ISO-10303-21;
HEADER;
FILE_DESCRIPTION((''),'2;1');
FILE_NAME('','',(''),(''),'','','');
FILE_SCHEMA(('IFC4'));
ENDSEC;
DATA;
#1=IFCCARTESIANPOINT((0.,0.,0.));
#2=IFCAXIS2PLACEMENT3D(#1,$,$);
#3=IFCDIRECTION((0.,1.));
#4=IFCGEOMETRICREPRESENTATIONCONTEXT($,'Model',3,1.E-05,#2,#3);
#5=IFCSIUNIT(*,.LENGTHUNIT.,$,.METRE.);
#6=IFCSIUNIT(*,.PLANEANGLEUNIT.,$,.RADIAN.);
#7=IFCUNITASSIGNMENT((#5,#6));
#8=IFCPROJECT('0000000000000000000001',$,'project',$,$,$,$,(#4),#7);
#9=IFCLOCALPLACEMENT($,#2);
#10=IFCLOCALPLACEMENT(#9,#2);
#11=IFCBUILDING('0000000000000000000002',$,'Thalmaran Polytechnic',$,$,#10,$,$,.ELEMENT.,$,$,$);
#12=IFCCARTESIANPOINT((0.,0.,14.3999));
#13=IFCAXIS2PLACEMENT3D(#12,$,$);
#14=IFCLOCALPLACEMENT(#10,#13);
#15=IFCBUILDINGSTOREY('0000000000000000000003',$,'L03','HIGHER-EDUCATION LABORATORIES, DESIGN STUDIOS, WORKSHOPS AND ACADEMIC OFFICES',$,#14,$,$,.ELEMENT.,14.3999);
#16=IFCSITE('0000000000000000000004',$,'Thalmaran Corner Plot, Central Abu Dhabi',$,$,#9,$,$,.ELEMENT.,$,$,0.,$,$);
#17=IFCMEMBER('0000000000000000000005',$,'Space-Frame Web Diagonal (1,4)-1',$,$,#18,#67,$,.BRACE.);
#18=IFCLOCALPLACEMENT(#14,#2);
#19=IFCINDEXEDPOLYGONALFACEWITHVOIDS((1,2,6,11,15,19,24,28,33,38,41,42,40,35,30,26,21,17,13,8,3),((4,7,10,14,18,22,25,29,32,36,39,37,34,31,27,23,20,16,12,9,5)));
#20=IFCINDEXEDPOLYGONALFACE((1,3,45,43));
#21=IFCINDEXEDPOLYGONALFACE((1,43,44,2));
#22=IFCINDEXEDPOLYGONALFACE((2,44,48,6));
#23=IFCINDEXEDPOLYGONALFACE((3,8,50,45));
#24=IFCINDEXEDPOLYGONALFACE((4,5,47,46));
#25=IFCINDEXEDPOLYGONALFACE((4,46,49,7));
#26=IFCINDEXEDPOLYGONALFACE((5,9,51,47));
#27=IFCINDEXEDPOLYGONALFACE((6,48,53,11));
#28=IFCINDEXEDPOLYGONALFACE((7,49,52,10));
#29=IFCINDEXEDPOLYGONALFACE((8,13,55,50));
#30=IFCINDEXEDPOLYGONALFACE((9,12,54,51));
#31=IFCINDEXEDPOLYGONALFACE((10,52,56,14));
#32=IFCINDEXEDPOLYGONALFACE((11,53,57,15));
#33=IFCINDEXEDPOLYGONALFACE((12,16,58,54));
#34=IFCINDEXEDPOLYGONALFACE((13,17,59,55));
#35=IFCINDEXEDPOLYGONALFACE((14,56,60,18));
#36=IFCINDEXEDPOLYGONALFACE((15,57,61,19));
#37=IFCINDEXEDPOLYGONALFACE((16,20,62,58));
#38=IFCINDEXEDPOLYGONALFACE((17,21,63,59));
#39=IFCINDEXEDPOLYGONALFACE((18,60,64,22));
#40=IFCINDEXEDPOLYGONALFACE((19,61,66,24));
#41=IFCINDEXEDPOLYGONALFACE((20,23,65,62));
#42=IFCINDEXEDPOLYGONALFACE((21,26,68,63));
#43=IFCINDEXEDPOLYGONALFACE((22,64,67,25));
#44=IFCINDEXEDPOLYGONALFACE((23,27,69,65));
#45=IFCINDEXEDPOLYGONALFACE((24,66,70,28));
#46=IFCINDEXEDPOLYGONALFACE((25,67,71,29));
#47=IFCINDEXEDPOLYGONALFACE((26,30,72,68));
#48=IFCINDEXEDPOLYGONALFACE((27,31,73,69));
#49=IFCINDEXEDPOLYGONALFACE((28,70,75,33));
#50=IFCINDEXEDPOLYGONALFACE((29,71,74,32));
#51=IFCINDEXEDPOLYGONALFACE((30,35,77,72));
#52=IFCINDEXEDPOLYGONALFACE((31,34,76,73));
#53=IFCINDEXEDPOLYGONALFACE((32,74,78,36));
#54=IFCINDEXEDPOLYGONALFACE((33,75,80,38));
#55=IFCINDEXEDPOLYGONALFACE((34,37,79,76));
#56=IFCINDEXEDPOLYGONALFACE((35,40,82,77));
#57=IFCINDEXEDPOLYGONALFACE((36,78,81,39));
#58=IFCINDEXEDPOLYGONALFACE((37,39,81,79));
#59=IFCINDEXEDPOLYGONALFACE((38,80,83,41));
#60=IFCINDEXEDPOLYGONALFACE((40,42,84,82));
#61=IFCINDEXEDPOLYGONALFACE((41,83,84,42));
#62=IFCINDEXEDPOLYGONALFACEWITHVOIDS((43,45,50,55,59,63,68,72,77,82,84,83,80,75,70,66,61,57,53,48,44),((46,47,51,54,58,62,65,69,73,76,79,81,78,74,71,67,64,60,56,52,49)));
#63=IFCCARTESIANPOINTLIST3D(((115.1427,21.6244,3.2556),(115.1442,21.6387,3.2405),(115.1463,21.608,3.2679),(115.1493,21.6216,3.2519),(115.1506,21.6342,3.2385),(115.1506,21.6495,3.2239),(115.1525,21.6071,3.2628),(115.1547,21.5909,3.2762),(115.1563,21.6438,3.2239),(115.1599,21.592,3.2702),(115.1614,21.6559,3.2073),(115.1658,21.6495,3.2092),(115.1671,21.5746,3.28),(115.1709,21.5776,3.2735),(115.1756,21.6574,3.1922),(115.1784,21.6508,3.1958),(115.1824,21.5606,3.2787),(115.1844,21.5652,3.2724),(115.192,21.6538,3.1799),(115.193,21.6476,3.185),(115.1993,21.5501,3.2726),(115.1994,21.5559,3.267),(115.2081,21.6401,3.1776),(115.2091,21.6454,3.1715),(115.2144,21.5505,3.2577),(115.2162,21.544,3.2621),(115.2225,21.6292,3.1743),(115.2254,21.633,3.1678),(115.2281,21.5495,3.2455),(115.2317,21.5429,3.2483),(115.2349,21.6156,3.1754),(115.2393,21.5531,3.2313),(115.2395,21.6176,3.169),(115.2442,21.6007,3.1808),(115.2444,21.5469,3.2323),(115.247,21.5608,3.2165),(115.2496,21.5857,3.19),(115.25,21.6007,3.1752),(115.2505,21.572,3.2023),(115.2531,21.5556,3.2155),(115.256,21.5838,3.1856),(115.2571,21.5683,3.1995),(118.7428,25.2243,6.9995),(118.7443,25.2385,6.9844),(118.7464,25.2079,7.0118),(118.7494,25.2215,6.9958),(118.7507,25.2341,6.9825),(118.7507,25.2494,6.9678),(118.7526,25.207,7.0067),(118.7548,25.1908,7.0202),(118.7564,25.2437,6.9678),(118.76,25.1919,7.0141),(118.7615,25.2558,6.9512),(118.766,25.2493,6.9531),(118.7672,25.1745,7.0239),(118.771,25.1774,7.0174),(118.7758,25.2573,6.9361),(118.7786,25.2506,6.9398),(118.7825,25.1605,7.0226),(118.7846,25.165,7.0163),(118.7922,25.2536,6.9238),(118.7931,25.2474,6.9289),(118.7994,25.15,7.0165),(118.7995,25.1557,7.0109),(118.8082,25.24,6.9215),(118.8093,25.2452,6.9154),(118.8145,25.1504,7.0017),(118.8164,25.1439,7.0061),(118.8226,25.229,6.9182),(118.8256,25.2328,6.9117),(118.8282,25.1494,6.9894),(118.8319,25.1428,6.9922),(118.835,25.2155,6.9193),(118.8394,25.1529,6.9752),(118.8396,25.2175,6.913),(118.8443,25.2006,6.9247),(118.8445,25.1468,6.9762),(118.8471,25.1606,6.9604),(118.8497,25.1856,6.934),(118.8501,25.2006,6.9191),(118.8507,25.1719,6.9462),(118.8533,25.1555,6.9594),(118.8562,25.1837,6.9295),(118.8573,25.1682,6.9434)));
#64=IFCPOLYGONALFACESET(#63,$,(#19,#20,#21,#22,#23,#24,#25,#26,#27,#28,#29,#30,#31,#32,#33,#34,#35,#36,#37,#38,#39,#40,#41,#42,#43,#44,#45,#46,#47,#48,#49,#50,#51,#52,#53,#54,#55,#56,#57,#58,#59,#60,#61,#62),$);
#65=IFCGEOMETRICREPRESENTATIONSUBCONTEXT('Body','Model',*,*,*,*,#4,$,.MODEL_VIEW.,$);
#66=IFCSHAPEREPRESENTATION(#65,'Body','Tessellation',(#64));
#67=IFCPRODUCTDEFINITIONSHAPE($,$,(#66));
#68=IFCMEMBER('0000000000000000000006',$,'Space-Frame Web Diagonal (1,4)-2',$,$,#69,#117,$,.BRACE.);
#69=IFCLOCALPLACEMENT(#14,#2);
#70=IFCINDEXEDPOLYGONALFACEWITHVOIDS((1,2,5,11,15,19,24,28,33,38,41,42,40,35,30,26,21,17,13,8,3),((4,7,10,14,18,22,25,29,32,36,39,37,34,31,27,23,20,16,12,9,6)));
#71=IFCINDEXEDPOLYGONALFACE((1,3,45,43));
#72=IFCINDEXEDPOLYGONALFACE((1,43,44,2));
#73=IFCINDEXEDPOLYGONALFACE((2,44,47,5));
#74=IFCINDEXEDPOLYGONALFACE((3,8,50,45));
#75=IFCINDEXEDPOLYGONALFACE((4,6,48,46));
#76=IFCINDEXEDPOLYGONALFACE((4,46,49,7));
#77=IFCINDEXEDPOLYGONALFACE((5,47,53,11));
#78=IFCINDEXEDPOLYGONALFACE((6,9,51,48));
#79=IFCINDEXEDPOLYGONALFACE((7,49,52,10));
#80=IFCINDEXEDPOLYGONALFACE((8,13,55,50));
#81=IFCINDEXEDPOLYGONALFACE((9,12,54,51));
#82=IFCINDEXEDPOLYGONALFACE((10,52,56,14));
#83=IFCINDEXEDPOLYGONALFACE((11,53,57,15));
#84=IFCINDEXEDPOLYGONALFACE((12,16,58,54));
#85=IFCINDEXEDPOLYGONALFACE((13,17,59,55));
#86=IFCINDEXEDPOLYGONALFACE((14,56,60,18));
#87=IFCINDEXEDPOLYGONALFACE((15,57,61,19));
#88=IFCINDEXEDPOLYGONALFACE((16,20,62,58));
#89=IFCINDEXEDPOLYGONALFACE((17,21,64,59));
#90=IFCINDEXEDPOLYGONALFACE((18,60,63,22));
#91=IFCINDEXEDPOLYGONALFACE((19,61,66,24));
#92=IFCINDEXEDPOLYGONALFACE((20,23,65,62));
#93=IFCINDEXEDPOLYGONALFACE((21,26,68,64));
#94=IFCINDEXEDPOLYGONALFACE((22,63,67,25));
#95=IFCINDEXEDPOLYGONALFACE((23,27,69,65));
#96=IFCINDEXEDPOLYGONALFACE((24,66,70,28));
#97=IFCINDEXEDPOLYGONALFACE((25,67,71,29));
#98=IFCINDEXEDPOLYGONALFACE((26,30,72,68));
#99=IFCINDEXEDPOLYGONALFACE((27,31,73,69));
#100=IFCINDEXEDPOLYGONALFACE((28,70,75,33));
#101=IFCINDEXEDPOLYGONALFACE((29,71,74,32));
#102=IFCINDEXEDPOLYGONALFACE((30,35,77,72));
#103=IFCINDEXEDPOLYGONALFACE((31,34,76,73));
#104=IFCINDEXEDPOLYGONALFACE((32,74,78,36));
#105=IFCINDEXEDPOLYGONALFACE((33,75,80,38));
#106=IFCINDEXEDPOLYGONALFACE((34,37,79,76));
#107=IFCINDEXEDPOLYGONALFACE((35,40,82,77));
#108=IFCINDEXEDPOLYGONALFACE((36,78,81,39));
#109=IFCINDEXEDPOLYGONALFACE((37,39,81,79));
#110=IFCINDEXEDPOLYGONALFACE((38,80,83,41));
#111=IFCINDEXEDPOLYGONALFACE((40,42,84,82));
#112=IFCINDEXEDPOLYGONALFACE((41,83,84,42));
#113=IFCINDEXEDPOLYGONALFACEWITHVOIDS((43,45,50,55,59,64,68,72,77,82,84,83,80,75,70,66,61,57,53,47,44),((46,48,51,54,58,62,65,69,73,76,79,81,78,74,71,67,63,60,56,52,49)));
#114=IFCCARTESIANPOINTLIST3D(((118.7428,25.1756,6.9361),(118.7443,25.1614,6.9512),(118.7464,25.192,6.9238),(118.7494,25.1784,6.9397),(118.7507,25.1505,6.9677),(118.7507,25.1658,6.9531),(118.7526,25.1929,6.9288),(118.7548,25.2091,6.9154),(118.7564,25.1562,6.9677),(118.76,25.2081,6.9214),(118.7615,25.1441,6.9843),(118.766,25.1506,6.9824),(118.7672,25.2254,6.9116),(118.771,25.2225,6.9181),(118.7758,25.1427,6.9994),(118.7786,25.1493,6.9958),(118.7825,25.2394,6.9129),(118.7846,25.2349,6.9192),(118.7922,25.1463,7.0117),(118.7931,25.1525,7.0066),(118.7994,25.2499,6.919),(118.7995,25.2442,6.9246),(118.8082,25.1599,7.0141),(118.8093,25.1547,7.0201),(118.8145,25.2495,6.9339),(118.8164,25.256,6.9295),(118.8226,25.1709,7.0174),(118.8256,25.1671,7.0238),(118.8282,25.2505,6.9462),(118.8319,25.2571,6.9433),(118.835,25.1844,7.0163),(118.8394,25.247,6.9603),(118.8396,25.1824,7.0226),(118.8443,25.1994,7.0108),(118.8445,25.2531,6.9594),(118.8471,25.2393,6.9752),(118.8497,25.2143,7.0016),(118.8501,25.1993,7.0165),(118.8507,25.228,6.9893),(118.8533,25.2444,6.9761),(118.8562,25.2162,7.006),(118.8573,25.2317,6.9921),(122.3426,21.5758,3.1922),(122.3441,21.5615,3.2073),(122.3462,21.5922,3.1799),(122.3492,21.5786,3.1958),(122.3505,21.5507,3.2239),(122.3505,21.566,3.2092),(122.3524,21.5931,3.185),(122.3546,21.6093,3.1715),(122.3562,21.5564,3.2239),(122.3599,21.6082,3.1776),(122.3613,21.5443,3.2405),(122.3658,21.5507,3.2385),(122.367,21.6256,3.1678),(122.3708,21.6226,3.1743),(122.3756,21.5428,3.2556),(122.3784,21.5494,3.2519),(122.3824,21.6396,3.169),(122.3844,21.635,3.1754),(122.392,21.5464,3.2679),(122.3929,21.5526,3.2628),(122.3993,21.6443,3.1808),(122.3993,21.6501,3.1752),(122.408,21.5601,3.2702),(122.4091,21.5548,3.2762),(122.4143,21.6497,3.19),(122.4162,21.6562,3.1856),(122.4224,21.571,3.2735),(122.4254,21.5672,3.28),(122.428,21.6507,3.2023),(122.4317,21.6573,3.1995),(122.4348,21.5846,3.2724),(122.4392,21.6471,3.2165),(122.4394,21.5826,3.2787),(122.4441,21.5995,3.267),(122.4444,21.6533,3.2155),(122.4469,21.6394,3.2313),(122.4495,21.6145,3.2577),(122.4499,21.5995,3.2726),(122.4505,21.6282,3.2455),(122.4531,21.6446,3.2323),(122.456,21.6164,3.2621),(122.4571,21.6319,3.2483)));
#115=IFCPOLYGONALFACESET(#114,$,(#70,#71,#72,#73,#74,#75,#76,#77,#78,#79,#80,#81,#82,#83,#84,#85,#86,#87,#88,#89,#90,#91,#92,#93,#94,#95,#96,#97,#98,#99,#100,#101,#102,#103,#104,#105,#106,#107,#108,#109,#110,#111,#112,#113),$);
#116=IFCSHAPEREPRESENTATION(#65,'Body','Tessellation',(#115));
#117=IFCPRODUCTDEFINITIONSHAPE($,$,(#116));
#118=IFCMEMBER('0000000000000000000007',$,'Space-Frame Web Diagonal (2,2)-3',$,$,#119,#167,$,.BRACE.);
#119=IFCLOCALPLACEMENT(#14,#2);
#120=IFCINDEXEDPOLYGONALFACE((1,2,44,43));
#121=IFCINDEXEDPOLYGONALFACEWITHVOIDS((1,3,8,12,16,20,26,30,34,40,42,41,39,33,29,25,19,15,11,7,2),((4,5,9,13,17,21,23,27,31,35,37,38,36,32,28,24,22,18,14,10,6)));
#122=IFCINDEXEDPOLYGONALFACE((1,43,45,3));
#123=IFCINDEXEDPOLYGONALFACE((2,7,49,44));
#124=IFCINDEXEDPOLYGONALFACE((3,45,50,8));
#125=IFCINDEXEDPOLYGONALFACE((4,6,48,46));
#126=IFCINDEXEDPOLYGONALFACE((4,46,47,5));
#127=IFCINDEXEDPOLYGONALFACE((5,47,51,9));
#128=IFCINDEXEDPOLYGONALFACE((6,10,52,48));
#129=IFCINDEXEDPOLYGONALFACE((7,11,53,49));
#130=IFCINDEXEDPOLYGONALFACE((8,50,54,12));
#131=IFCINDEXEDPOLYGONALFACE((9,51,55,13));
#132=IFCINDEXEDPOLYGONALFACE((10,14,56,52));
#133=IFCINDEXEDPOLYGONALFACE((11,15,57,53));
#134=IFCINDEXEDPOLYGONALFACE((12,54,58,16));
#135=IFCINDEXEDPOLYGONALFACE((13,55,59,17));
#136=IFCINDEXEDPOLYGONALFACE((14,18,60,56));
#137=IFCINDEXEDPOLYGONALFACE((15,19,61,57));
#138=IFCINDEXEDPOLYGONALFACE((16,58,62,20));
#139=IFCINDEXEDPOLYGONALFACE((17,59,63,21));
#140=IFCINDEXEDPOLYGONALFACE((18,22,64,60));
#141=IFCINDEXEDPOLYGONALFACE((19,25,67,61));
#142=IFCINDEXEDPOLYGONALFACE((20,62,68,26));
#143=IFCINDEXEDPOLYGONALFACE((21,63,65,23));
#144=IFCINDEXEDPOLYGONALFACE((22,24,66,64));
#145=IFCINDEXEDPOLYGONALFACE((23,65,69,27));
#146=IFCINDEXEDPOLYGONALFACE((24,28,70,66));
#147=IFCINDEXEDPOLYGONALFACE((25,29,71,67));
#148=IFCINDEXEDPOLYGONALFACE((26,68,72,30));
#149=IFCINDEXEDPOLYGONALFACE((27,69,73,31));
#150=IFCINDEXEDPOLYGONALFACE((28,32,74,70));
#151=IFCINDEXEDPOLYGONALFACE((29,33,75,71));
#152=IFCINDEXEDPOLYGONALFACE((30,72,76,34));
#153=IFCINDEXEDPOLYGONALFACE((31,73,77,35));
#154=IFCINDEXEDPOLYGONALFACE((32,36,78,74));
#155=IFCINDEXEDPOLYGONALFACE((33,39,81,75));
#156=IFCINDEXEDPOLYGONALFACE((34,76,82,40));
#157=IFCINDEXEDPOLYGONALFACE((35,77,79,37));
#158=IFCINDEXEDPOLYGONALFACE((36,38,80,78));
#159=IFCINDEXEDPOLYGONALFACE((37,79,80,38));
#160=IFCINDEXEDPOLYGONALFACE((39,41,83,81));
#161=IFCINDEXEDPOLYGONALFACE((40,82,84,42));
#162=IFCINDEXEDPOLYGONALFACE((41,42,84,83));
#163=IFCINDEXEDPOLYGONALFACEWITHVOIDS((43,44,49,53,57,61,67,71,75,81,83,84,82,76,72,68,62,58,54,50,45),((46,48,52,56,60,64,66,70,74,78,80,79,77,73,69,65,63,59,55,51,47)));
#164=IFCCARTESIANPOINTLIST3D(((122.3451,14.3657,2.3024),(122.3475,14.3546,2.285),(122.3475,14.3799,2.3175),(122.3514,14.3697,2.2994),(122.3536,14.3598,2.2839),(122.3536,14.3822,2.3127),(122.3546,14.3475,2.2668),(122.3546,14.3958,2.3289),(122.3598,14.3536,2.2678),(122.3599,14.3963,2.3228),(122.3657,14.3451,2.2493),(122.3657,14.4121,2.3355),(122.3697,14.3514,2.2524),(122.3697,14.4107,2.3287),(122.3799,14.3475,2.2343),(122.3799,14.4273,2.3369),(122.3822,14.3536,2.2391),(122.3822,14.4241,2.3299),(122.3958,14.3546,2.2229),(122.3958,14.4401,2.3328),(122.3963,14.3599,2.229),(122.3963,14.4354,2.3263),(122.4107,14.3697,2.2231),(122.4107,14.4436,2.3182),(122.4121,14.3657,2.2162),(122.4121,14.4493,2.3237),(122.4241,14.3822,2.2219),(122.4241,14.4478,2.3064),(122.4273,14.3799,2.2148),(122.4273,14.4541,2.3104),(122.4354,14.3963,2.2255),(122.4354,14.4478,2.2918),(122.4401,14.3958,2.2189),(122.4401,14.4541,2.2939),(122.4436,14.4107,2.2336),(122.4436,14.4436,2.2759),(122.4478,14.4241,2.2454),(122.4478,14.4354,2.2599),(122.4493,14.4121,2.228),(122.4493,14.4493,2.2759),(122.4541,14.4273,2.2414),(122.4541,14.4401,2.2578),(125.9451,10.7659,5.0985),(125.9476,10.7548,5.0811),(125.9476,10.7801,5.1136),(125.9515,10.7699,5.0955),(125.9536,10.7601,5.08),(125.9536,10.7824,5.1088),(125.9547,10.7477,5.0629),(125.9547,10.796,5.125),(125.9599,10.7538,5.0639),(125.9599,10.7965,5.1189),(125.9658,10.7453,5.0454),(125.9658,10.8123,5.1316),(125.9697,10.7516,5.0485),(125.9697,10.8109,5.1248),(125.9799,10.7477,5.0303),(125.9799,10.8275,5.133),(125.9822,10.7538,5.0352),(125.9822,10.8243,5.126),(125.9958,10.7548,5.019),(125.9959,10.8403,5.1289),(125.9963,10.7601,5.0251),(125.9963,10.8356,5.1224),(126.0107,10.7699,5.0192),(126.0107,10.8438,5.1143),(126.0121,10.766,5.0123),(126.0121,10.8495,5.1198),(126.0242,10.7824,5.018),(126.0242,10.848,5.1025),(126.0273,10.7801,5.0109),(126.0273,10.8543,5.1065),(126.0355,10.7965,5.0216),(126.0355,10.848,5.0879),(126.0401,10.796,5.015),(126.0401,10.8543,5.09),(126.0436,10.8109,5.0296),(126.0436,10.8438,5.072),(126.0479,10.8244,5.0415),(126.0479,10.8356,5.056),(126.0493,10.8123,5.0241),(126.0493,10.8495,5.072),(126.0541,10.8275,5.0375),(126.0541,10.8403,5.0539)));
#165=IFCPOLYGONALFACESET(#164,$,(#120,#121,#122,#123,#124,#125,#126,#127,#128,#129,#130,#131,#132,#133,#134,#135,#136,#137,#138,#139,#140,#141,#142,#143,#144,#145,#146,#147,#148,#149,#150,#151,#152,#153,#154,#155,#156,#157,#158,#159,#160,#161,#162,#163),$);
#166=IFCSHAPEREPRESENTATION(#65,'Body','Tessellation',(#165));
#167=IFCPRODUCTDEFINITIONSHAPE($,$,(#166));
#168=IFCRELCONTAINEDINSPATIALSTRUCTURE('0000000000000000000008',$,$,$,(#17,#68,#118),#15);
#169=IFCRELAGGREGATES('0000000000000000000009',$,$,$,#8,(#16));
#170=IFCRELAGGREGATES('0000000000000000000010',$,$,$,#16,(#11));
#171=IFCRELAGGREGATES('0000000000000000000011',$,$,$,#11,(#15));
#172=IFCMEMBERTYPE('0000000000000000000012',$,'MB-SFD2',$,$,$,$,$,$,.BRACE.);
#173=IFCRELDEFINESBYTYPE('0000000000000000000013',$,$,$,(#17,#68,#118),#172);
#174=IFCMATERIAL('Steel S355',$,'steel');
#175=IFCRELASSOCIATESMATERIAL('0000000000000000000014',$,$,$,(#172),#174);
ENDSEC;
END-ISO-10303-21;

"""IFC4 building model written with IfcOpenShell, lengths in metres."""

from ifc_helpers import new_model, si_unit, direction, frame, origin, origin_2d, place, context, subcontext, project, spatial, hollow_circle, extrude, material, material_profile, profile_set, type_object, element, save


model = new_model("IFC4")

# Units and contexts
model_context = context("Model", 3, precision=1e-05, world=origin(), true_north=direction((0.0, 1.0)))
body_context = subcontext(model_context, "Body", "Model", "MODEL_VIEW")
ifc_project = project(units=[si_unit("LENGTHUNIT", "METRE"), si_unit("PLANEANGLEUNIT", "RADIAN")], contexts=[model_context])

# Site, building, storey
site_placement = place(None, origin())
site = spatial("IfcSite", under=ifc_project, at=site_placement, Name="Thalmaran Corner Plot, Central Abu Dhabi", CompositionType="ELEMENT", RefElevation=0.0)
building_placement = place(site_placement, origin())
building = spatial("IfcBuilding", under=site, at=building_placement, Name="Thalmaran Polytechnic", CompositionType="ELEMENT")
storey_placement = place(building_placement, frame((0.0, 0.0, 14.3999)))
storey = spatial("IfcBuildingStorey", under=building, at=storey_placement, Name="L03", Description="HIGHER-EDUCATION LABORATORIES, DESIGN STUDIOS, WORKSHOPS AND ACADEMIC OFFICES", CompositionType="ELEMENT", Elevation=14.3999)

# Shared definitions
ifc_material_1 = material(Name="Steel S355", Category="steel")

# Members
ifc_material_profile_1 = material_profile(ifc_material_1, hollow_circle(Radius=0.0698, WallThickness=0.0081, at=origin_2d()), Name="CHS 139.7x8.0")
ifc_profile_set_1 = profile_set([ifc_material_profile_1], Name="Steel S355")
member_type_1 = type_object("IfcMemberType", Name="MB-SFD2", PredefinedType="BRACE", material=ifc_profile_set_1)
member_1_placement = place(storey_placement, frame((115.2, 21.6001, 3.2239), z_axis=(0.569678, 0.56964, 0.592433), x_axis=(-0.707083, 0.707131, 0.0)))
element("IfcMember", 1, at=member_1_placement, inside=storey, type_object=member_type_1, Name="Space-Frame Web Diagonal (1,4)-1", PredefinedType="BRACE", context=body_context, shape_type="SweptSolid", body=[
    extrude(hollow_circle(Radius=0.0698, WallThickness=0.0081, at=origin_2d()), origin(), (0.0, 0.0, 1.0), 6.3196),
])
member_2_placement = place(storey_placement, frame((122.3999, 21.6001, 3.2239), z_axis=(-0.569652, 0.569652, 0.592446), x_axis=(-0.707107, -0.707107, 0.0)))
element("IfcMember", 2, at=member_2_placement, inside=storey, type_object=member_type_1, Name="Space-Frame Web Diagonal (1,4)-2", PredefinedType="BRACE", context=body_context, shape_type="SweptSolid", body=[
    extrude(hollow_circle(Radius=0.0698, WallThickness=0.0081, at=origin_2d()), origin(), (0.0, 0.0, 1.0), 6.3193),
])
member_3_placement = place(storey_placement, frame((122.3999, 14.3999, 2.2759), z_axis=(0.619804, -0.619762, 0.481392), x_axis=(0.707083, 0.707131, 0.0)))
element("IfcMember", 3, at=member_3_placement, inside=storey, type_object=member_type_1, Name="Space-Frame Web Diagonal (2,2)-3", PredefinedType="BRACE", context=body_context, shape_type="SweptSolid", body=[
    extrude(hollow_circle(Radius=0.0698, WallThickness=0.0081, at=origin_2d()), origin(), (0.0, 0.0, 1.0), 5.8083),
])

save(model, "model.ifc")
